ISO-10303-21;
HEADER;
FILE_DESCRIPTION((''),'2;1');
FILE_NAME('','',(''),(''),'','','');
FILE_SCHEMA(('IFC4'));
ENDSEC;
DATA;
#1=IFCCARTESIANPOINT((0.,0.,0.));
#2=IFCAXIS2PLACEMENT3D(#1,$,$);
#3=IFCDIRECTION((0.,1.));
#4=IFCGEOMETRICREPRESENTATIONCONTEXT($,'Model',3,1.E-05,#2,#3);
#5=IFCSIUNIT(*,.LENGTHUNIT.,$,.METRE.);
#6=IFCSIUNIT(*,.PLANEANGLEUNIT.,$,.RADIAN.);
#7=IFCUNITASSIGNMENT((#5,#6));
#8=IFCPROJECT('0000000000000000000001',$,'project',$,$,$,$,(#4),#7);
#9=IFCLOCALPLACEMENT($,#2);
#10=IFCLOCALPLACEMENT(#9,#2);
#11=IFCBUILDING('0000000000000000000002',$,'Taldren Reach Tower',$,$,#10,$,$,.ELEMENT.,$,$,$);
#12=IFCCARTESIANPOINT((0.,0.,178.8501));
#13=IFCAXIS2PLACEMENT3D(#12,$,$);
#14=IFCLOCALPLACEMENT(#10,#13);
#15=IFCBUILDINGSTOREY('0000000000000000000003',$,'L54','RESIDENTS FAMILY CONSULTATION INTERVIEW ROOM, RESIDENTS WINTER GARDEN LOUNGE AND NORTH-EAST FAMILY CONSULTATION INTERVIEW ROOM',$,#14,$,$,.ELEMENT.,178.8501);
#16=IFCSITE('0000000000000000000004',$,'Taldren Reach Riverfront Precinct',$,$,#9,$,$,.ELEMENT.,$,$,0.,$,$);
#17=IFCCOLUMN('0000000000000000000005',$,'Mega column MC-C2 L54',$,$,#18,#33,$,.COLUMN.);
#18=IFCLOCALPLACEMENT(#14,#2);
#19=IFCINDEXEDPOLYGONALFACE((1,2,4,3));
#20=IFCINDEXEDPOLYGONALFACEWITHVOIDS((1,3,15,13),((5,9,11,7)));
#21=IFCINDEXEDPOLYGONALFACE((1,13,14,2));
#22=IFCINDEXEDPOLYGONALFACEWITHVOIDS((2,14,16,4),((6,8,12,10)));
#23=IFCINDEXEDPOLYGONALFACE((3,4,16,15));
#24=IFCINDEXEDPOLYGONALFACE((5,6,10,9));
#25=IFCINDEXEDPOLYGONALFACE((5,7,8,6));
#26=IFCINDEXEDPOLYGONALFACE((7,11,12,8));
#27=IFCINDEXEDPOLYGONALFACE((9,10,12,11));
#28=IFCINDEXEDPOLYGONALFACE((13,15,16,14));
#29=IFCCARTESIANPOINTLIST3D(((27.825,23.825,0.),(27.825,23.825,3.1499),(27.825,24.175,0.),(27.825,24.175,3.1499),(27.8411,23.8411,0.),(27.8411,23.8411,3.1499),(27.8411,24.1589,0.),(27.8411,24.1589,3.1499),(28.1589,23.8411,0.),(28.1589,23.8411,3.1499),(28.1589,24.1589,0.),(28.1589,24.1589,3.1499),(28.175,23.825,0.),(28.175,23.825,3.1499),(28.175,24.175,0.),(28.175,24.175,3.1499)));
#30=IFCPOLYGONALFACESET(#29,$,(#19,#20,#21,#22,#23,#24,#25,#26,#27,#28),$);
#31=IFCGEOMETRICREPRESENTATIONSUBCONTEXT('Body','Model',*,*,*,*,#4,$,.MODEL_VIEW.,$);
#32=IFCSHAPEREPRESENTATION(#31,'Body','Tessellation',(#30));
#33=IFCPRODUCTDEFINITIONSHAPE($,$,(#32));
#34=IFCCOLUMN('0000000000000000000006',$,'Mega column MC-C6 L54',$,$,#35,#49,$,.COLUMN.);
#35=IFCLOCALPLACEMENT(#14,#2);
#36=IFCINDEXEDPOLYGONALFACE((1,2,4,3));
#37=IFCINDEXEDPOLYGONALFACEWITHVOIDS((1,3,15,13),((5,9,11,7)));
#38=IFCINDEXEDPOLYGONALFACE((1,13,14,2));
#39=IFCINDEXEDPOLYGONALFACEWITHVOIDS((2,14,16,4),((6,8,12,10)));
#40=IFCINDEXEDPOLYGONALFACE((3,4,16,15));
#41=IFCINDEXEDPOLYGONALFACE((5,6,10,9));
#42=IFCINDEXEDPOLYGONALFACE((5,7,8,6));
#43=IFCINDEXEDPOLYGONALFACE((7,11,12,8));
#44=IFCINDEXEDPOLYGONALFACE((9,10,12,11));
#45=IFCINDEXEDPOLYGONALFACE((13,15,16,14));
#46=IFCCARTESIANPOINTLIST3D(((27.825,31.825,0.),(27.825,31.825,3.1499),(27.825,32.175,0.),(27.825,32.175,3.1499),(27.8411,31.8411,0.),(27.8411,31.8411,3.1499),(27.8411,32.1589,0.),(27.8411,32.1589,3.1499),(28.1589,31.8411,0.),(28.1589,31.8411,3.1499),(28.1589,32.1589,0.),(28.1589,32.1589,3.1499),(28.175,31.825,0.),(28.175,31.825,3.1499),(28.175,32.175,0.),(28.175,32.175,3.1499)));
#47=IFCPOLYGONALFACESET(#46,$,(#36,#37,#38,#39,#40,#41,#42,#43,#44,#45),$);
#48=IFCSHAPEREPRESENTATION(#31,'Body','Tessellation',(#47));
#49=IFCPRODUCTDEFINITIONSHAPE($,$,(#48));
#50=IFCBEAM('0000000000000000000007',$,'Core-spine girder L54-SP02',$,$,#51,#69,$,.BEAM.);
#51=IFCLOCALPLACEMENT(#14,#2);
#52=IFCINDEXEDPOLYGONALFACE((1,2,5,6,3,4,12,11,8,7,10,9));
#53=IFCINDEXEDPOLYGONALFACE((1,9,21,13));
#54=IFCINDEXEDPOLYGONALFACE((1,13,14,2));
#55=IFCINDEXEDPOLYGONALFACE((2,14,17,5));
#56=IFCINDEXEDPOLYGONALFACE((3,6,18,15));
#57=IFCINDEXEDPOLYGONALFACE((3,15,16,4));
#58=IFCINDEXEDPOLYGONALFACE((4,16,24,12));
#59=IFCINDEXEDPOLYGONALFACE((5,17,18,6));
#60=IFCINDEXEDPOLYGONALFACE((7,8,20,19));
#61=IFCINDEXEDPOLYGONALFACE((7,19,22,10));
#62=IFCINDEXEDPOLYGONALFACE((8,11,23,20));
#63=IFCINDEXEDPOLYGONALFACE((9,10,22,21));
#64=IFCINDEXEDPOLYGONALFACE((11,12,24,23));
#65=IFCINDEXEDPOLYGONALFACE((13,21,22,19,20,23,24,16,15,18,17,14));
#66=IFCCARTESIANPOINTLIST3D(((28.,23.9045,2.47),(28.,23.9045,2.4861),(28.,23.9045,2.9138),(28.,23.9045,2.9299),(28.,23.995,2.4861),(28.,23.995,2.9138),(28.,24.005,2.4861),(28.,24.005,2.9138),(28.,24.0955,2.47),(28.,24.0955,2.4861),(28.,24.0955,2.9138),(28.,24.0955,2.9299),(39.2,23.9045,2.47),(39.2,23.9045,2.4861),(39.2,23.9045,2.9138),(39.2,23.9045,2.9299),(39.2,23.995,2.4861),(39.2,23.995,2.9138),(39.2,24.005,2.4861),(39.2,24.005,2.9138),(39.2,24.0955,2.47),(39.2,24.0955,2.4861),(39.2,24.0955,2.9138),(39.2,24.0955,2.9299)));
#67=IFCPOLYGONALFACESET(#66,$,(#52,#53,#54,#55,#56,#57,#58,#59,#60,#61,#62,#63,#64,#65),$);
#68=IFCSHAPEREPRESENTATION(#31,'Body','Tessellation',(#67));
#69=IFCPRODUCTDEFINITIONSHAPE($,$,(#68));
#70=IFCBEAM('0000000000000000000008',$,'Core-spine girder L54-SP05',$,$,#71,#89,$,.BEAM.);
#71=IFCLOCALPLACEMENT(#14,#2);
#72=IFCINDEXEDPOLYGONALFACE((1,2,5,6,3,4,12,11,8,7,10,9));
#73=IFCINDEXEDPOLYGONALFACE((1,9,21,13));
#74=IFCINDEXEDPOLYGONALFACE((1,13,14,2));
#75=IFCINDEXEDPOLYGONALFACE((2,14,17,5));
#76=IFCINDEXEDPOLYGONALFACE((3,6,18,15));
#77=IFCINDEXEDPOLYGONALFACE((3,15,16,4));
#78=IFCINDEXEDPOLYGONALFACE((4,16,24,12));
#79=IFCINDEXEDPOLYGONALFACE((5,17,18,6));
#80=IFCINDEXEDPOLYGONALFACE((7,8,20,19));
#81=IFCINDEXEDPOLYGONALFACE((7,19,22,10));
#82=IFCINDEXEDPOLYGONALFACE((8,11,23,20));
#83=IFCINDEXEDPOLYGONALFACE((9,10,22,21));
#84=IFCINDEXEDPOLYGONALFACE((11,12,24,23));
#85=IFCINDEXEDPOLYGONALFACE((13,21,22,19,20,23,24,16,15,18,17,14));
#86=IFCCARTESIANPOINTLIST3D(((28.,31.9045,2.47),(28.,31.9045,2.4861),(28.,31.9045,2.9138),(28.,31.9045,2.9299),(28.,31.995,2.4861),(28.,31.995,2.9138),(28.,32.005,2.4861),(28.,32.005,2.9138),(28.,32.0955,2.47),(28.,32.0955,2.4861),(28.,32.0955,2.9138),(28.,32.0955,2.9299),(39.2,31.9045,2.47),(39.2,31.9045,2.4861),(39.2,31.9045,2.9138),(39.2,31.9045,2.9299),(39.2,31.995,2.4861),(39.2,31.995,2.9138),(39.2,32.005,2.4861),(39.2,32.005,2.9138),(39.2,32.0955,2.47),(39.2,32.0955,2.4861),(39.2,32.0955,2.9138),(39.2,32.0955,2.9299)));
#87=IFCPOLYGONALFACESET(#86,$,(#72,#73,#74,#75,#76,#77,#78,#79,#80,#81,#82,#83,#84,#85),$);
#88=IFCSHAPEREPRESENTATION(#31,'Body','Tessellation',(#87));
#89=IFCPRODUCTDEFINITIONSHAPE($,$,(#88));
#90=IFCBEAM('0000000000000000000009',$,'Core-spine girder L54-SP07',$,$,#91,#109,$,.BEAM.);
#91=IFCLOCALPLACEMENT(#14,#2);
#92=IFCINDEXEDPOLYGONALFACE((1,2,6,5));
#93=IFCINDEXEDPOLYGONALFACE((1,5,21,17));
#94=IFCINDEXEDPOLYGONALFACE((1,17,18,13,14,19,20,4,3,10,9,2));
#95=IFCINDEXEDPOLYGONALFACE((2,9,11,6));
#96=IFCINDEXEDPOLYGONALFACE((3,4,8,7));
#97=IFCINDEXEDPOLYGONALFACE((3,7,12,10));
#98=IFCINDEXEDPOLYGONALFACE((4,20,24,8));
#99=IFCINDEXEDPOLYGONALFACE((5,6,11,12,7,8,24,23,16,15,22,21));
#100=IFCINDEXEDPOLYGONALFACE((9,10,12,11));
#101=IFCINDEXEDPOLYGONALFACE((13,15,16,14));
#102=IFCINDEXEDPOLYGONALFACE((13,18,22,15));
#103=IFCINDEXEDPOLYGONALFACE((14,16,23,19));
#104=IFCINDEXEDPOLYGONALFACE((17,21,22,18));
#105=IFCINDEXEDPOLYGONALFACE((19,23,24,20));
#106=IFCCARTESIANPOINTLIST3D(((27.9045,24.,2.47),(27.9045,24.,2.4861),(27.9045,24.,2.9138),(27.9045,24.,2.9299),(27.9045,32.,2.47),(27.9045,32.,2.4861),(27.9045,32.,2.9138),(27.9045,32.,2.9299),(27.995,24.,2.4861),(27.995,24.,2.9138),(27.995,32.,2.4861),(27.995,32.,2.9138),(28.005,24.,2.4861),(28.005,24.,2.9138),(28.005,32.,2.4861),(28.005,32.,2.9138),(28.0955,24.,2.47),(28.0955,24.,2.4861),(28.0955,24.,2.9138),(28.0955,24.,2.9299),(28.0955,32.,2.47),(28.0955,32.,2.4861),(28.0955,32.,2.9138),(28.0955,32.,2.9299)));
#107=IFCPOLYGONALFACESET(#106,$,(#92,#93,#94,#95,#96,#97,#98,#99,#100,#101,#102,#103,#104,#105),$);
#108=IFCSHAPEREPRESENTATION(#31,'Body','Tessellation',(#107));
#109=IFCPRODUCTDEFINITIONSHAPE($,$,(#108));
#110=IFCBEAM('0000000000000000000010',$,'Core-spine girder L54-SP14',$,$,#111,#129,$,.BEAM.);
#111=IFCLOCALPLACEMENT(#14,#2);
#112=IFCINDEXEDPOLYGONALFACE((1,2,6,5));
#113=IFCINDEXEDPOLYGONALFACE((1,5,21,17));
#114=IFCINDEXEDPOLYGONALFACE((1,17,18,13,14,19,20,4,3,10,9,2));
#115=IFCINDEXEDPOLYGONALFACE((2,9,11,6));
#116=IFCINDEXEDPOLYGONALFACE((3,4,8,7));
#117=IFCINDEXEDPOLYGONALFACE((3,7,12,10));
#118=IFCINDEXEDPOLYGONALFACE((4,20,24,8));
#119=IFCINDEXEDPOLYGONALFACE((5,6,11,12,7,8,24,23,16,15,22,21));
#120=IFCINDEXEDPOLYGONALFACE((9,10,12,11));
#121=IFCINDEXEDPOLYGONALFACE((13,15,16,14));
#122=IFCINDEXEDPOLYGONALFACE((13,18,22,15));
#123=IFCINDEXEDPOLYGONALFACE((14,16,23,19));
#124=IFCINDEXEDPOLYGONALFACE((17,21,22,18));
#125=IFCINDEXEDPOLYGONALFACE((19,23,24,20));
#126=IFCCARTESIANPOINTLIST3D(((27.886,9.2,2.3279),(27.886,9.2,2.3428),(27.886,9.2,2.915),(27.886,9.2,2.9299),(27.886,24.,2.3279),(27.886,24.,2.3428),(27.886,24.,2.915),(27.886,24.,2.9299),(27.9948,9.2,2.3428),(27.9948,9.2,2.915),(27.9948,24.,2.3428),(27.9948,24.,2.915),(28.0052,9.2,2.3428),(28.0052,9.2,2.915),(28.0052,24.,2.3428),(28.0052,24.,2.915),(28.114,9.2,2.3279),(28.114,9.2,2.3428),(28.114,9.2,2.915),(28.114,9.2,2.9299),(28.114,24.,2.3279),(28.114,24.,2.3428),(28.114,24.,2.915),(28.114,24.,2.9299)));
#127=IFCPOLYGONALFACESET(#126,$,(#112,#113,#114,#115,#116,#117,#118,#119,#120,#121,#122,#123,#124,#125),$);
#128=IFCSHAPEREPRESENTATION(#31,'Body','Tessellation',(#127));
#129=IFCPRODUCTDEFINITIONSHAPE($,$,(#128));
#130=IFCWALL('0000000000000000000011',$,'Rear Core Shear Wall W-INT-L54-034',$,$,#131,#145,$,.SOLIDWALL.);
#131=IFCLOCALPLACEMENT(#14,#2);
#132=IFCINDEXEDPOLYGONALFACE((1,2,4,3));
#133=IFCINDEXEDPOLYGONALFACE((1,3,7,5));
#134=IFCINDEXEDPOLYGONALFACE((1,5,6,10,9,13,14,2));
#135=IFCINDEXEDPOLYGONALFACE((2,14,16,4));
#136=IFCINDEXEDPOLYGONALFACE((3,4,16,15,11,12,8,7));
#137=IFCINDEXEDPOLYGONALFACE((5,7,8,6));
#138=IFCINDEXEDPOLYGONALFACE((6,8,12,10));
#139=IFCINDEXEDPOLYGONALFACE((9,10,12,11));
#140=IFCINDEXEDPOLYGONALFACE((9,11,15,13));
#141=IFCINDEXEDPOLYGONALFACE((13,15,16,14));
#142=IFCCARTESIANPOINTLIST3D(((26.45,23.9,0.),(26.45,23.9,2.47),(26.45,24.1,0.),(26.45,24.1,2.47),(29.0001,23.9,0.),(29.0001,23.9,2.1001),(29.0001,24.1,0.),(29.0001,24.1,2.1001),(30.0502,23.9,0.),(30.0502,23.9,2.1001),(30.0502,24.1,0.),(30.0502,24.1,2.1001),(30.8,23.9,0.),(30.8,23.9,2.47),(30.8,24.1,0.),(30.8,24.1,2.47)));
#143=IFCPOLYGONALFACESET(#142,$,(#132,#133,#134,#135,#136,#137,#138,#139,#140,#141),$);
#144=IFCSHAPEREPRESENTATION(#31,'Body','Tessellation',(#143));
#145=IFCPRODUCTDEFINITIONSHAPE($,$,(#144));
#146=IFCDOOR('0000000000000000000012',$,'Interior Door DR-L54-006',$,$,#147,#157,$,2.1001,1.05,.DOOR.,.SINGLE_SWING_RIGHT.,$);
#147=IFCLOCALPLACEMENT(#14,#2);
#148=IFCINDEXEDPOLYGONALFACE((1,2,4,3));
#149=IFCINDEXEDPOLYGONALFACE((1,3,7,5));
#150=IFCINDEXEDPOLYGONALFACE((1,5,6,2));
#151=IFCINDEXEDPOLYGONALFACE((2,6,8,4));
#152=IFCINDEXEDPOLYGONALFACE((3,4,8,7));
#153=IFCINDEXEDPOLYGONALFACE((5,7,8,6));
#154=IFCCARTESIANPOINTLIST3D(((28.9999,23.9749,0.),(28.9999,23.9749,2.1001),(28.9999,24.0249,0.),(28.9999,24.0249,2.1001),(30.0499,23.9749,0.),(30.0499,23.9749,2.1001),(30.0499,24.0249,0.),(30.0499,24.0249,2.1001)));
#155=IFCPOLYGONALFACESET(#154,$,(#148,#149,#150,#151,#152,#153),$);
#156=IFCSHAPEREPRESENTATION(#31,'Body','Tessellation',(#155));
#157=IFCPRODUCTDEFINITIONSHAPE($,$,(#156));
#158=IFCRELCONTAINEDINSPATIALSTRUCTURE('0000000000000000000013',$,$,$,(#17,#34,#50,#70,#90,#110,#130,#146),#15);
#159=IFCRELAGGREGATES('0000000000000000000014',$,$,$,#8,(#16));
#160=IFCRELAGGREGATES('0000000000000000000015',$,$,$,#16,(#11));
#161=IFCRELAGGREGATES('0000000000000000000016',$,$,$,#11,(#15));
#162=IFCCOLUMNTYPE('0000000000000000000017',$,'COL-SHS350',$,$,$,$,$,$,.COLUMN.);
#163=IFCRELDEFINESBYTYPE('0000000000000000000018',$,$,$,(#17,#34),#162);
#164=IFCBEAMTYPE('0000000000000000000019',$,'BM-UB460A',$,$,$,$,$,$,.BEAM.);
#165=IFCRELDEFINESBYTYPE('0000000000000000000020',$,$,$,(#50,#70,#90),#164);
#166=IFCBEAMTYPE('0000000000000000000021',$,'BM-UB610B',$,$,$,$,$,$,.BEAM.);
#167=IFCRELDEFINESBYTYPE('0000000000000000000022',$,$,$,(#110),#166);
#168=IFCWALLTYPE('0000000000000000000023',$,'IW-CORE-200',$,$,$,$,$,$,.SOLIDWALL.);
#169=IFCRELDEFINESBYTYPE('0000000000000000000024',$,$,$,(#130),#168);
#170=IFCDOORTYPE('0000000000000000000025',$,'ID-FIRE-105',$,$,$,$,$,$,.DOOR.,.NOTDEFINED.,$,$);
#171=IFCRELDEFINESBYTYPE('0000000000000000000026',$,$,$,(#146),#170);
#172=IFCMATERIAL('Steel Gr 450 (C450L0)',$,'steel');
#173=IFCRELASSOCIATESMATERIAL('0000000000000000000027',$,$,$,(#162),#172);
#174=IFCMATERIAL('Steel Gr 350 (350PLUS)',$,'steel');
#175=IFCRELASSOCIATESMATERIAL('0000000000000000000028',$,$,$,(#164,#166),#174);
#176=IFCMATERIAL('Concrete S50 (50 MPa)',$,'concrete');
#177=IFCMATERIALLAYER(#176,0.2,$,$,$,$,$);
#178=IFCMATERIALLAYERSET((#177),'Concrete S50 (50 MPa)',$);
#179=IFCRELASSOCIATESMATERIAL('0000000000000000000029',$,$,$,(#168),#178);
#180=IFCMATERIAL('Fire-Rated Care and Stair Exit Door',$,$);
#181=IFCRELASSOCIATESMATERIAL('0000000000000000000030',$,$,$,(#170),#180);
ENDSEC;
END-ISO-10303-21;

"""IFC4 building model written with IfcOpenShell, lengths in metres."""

from ifc_helpers import new_model, si_unit, direction, frame, frame_2d, origin, origin_2d, place, context, subcontext, project, spatial, rectangle, hollow_rectangle, i_section, extrude, source, transform, mapped, material, layer, layer_set, material_profile, profile_set, type_object, element, fill, save


model = new_model("IFC4")

# Units and contexts
model_context = context("Model", 3, precision=1e-05, world=origin(), true_north=direction((0.0, 1.0)))
body_context = subcontext(model_context, "Body", "Model", "MODEL_VIEW")
ifc_project = project(units=[si_unit("LENGTHUNIT", "METRE"), si_unit("PLANEANGLEUNIT", "RADIAN")], contexts=[model_context])

# Site, building, storey
site_placement = place(None, origin())
site = spatial("IfcSite", under=ifc_project, at=site_placement, Name="Taldren Reach Riverfront Precinct", CompositionType="ELEMENT", RefElevation=0.0)
building_placement = place(site_placement, origin())
building = spatial("IfcBuilding", under=site, at=building_placement, Name="Taldren Reach Tower", CompositionType="ELEMENT")
storey_placement = place(building_placement, frame((0.0, 0.0, 178.8501)))
storey = spatial("IfcBuildingStorey", under=building, at=storey_placement, Name="L54", Description="RESIDENTS FAMILY CONSULTATION INTERVIEW ROOM, RESIDENTS WINTER GARDEN LOUNGE AND NORTH-EAST FAMILY CONSULTATION INTERVIEW ROOM", CompositionType="ELEMENT", Elevation=178.8501)

# Columns
ifc_material_1 = material(Name="Steel Gr 450 (C450L0)", Category="steel")
ifc_material_profile_1 = material_profile(ifc_material_1, hollow_rectangle(XDim=0.3501, YDim=0.3501, WallThickness=0.0161, at=origin_2d()), Name="350x350x16.0SHS")
ifc_profile_set_1 = profile_set([ifc_material_profile_1], Name="Steel Gr 450 (C450L0)")
column_type = type_object("IfcColumnType", Name="COL-SHS350", PredefinedType="COLUMN", material=ifc_profile_set_1)
shared_shape_1 = source(origin(), body_context, "Body", "SweptSolid", [
    extrude(hollow_rectangle(XDim=0.3501, YDim=0.3501, WallThickness=0.0161, at=origin_2d()), origin(), (0.0, 0.0, 1.0), 3.1499),
])
for number, where, z_axis, x_axis, name in (
    (1, (28.0, 24.0, 0.0), (0.0, 0.0, 1.0), (1.0, 0.0, 0.0), "Mega column MC-C2 L54"),
    (2, (28.0, 32.0, 0.0), (0.0, 0.0, 1.0), (1.0, 0.0, 0.0), "Mega column MC-C6 L54"),
):
    element("IfcColumn", number, at=place(storey_placement, frame(where, z_axis=z_axis, x_axis=x_axis)), inside=storey, type_object=column_type, Name=name, PredefinedType="COLUMN", context=body_context, shape_type="MappedRepresentation", body=[
        mapped(shared_shape_1, transform((0.0, 0.0, 0.0), scale=1.0)),
    ])

# Beams
ifc_material_2 = material(Name="Steel Gr 350 (350PLUS)", Category="steel")
ifc_material_profile_2 = material_profile(ifc_material_2, i_section(OverallWidth=0.1909, OverallDepth=0.46, WebThickness=0.01, FlangeThickness=0.0161, at=origin_2d()), Name="460UB82.1")
ifc_profile_set_2 = profile_set([ifc_material_profile_2], Name="Steel Gr 350 (350PLUS)")
beam_type_1 = type_object("IfcBeamType", Name="BM-UB460A", PredefinedType="BEAM", material=ifc_profile_set_2)
shared_shape_2 = source(origin(), body_context, "Body", "SweptSolid", [
    extrude(i_section(OverallWidth=0.1909, OverallDepth=0.46, WebThickness=0.01, FlangeThickness=0.0161, at=origin_2d()), origin(), (0.0, 0.0, 1.0), 11.2),
])
for number, where, z_axis, x_axis, name in (
    (3, (28.0, 24.0, 2.7), (1.0, 0.0, 0.0), (0.0, 1.0, 0.0), "Core-spine girder L54-SP02"),
    (4, (28.0, 32.0, 2.7), (1.0, 0.0, 0.0), (0.0, 1.0, 0.0), "Core-spine girder L54-SP05"),
):
    element("IfcBeam", number, at=place(storey_placement, frame(where, z_axis=z_axis, x_axis=x_axis)), inside=storey, type_object=beam_type_1, Name=name, PredefinedType="BEAM", context=body_context, shape_type="MappedRepresentation", body=[
        mapped(shared_shape_2, transform((0.0, 0.0, 0.0), scale=1.0)),
    ])
shared_shape_3 = source(origin(), body_context, "Body", "SweptSolid", [
    extrude(i_section(OverallWidth=0.1909, OverallDepth=0.46, WebThickness=0.01, FlangeThickness=0.0161, at=origin_2d()), origin(), (0.0, 0.0, 1.0), 8.0),
])
beam_1_placement = place(storey_placement, frame((28.0, 24.0, 2.7), z_axis=(0.0, 1.0, 0.0), x_axis=(-1.0, 0.0, 0.0)))
element("IfcBeam", 5, at=beam_1_placement, inside=storey, type_object=beam_type_1, Name="Core-spine girder L54-SP07", PredefinedType="BEAM", context=body_context, shape_type="MappedRepresentation", body=[
    mapped(shared_shape_3, transform((0.0, 0.0, 0.0), scale=1.0)),
])
ifc_material_profile_3 = material_profile(ifc_material_2, i_section(OverallWidth=0.228, OverallDepth=0.6021, WebThickness=0.0105, FlangeThickness=0.0149, at=origin_2d()), Name="610UB101")
ifc_profile_set_3 = profile_set([ifc_material_profile_3], Name="Steel Gr 350 (350PLUS)")
beam_type_2 = type_object("IfcBeamType", Name="BM-UB610B", PredefinedType="BEAM", material=ifc_profile_set_3)
shared_shape_4 = source(origin(), body_context, "Body", "SweptSolid", [
    extrude(i_section(OverallWidth=0.228, OverallDepth=0.6021, WebThickness=0.0105, FlangeThickness=0.0149, at=origin_2d()), origin(), (0.0, 0.0, 1.0), 14.8),
])
beam_2_placement = place(storey_placement, frame((28.0, 24.0, 2.6289), z_axis=(0.0, -1.0, 0.0), x_axis=(1.0, 0.0, 0.0)))
element("IfcBeam", 6, at=beam_2_placement, inside=storey, type_object=beam_type_2, Name="Core-spine girder L54-SP14", PredefinedType="BEAM", context=body_context, shape_type="MappedRepresentation", body=[
    mapped(shared_shape_4, transform((0.0, 0.0, 0.0), scale=1.0)),
])

# Wall, opening, door
ifc_material_3 = material(Name="Concrete S50 (50 MPa)", Category="concrete")
ifc_layer_1 = layer(ifc_material_3, 0.2)
ifc_layer_set_1 = layer_set([ifc_layer_1], Name="Concrete S50 (50 MPa)")
wall_type_1 = type_object("IfcWallType", Name="IW-CORE-200", PredefinedType="SOLIDWALL", material=ifc_layer_set_1)
shared_shape_5 = source(origin(), body_context, "Body", "SweptSolid", [
    extrude(rectangle(XDim=4.3501, YDim=0.2, at=frame_2d((2.175, 0.0))), origin(), (0.0, 0.0, 1.0), 2.47),
])
wall_1_placement = place(storey_placement, frame((30.8, 24.0, 0.0), z_axis=(0.0, 0.0, 1.0), x_axis=(-1.0, 0.0, 0.0)))
wall_1 = element("IfcWall", 7, at=wall_1_placement, inside=storey, type_object=wall_type_1, Name="Rear Core Shear Wall W-INT-L54-034", PredefinedType="SOLIDWALL", context=body_context, shape_type="MappedRepresentation", body=[
    mapped(shared_shape_5, transform((0.0, 0.0, 0.0), scale=1.0)),
])
shared_shape_6 = source(origin(), body_context, "Body", "SweptSolid", [
    extrude(rectangle(XDim=1.05, YDim=2.1001, at=frame_2d((0.5249, 1.05))), frame((0.0, 0.1099, 0.0), z_axis=(0.0, -1.0, 0.0), x_axis=(1.0, 0.0, 0.0)), (0.0, 0.0, 1.0), 0.22),
])
opening_1_placement = place(wall_1_placement, frame((0.75, 0.0, 0.0)))
opening_1 = element("IfcOpeningElement", 8, at=opening_1_placement, cuts=wall_1, PredefinedType="OPENING", context=body_context, shape_type="MappedRepresentation", body=[
    mapped(shared_shape_6, transform((0.0, 0.0, 0.0), scale=1.0)),
])
ifc_material_4 = material(Name="Fire-Rated Care and Stair Exit Door")
door_type = type_object("IfcDoorType", Name="ID-FIRE-105", OperationType="NOTDEFINED", PredefinedType="DOOR", material=ifc_material_4)
shared_shape_7 = source(origin(), body_context, "Body", "SweptSolid", [
    extrude(rectangle(XDim=1.05, YDim=2.1001, at=frame_2d((0.5249, 1.05))), frame((0.0, 0.0249, 0.0), z_axis=(0.0, -1.0, 0.0), x_axis=(1.0, 0.0, 0.0)), (0.0, 0.0, 1.0), 0.05),
])
door_1_placement = place(opening_1_placement, frame((1.05, 0.0, 0.0), z_axis=(0.0, 0.0, 1.0), x_axis=(-1.0, 0.0, 0.0)))
door_1 = element("IfcDoor", 9, at=door_1_placement, inside=storey, type_object=door_type, Name="Interior Door DR-L54-006", OperationType="SINGLE_SWING_RIGHT", OverallHeight=2.1001, OverallWidth=1.05, PredefinedType="DOOR", context=body_context, shape_type="MappedRepresentation", body=[
    mapped(shared_shape_7, transform((0.0, 0.0, 0.0), scale=1.0)),
])
fill(opening_1, door_1)

save(model, "model.ifc")
